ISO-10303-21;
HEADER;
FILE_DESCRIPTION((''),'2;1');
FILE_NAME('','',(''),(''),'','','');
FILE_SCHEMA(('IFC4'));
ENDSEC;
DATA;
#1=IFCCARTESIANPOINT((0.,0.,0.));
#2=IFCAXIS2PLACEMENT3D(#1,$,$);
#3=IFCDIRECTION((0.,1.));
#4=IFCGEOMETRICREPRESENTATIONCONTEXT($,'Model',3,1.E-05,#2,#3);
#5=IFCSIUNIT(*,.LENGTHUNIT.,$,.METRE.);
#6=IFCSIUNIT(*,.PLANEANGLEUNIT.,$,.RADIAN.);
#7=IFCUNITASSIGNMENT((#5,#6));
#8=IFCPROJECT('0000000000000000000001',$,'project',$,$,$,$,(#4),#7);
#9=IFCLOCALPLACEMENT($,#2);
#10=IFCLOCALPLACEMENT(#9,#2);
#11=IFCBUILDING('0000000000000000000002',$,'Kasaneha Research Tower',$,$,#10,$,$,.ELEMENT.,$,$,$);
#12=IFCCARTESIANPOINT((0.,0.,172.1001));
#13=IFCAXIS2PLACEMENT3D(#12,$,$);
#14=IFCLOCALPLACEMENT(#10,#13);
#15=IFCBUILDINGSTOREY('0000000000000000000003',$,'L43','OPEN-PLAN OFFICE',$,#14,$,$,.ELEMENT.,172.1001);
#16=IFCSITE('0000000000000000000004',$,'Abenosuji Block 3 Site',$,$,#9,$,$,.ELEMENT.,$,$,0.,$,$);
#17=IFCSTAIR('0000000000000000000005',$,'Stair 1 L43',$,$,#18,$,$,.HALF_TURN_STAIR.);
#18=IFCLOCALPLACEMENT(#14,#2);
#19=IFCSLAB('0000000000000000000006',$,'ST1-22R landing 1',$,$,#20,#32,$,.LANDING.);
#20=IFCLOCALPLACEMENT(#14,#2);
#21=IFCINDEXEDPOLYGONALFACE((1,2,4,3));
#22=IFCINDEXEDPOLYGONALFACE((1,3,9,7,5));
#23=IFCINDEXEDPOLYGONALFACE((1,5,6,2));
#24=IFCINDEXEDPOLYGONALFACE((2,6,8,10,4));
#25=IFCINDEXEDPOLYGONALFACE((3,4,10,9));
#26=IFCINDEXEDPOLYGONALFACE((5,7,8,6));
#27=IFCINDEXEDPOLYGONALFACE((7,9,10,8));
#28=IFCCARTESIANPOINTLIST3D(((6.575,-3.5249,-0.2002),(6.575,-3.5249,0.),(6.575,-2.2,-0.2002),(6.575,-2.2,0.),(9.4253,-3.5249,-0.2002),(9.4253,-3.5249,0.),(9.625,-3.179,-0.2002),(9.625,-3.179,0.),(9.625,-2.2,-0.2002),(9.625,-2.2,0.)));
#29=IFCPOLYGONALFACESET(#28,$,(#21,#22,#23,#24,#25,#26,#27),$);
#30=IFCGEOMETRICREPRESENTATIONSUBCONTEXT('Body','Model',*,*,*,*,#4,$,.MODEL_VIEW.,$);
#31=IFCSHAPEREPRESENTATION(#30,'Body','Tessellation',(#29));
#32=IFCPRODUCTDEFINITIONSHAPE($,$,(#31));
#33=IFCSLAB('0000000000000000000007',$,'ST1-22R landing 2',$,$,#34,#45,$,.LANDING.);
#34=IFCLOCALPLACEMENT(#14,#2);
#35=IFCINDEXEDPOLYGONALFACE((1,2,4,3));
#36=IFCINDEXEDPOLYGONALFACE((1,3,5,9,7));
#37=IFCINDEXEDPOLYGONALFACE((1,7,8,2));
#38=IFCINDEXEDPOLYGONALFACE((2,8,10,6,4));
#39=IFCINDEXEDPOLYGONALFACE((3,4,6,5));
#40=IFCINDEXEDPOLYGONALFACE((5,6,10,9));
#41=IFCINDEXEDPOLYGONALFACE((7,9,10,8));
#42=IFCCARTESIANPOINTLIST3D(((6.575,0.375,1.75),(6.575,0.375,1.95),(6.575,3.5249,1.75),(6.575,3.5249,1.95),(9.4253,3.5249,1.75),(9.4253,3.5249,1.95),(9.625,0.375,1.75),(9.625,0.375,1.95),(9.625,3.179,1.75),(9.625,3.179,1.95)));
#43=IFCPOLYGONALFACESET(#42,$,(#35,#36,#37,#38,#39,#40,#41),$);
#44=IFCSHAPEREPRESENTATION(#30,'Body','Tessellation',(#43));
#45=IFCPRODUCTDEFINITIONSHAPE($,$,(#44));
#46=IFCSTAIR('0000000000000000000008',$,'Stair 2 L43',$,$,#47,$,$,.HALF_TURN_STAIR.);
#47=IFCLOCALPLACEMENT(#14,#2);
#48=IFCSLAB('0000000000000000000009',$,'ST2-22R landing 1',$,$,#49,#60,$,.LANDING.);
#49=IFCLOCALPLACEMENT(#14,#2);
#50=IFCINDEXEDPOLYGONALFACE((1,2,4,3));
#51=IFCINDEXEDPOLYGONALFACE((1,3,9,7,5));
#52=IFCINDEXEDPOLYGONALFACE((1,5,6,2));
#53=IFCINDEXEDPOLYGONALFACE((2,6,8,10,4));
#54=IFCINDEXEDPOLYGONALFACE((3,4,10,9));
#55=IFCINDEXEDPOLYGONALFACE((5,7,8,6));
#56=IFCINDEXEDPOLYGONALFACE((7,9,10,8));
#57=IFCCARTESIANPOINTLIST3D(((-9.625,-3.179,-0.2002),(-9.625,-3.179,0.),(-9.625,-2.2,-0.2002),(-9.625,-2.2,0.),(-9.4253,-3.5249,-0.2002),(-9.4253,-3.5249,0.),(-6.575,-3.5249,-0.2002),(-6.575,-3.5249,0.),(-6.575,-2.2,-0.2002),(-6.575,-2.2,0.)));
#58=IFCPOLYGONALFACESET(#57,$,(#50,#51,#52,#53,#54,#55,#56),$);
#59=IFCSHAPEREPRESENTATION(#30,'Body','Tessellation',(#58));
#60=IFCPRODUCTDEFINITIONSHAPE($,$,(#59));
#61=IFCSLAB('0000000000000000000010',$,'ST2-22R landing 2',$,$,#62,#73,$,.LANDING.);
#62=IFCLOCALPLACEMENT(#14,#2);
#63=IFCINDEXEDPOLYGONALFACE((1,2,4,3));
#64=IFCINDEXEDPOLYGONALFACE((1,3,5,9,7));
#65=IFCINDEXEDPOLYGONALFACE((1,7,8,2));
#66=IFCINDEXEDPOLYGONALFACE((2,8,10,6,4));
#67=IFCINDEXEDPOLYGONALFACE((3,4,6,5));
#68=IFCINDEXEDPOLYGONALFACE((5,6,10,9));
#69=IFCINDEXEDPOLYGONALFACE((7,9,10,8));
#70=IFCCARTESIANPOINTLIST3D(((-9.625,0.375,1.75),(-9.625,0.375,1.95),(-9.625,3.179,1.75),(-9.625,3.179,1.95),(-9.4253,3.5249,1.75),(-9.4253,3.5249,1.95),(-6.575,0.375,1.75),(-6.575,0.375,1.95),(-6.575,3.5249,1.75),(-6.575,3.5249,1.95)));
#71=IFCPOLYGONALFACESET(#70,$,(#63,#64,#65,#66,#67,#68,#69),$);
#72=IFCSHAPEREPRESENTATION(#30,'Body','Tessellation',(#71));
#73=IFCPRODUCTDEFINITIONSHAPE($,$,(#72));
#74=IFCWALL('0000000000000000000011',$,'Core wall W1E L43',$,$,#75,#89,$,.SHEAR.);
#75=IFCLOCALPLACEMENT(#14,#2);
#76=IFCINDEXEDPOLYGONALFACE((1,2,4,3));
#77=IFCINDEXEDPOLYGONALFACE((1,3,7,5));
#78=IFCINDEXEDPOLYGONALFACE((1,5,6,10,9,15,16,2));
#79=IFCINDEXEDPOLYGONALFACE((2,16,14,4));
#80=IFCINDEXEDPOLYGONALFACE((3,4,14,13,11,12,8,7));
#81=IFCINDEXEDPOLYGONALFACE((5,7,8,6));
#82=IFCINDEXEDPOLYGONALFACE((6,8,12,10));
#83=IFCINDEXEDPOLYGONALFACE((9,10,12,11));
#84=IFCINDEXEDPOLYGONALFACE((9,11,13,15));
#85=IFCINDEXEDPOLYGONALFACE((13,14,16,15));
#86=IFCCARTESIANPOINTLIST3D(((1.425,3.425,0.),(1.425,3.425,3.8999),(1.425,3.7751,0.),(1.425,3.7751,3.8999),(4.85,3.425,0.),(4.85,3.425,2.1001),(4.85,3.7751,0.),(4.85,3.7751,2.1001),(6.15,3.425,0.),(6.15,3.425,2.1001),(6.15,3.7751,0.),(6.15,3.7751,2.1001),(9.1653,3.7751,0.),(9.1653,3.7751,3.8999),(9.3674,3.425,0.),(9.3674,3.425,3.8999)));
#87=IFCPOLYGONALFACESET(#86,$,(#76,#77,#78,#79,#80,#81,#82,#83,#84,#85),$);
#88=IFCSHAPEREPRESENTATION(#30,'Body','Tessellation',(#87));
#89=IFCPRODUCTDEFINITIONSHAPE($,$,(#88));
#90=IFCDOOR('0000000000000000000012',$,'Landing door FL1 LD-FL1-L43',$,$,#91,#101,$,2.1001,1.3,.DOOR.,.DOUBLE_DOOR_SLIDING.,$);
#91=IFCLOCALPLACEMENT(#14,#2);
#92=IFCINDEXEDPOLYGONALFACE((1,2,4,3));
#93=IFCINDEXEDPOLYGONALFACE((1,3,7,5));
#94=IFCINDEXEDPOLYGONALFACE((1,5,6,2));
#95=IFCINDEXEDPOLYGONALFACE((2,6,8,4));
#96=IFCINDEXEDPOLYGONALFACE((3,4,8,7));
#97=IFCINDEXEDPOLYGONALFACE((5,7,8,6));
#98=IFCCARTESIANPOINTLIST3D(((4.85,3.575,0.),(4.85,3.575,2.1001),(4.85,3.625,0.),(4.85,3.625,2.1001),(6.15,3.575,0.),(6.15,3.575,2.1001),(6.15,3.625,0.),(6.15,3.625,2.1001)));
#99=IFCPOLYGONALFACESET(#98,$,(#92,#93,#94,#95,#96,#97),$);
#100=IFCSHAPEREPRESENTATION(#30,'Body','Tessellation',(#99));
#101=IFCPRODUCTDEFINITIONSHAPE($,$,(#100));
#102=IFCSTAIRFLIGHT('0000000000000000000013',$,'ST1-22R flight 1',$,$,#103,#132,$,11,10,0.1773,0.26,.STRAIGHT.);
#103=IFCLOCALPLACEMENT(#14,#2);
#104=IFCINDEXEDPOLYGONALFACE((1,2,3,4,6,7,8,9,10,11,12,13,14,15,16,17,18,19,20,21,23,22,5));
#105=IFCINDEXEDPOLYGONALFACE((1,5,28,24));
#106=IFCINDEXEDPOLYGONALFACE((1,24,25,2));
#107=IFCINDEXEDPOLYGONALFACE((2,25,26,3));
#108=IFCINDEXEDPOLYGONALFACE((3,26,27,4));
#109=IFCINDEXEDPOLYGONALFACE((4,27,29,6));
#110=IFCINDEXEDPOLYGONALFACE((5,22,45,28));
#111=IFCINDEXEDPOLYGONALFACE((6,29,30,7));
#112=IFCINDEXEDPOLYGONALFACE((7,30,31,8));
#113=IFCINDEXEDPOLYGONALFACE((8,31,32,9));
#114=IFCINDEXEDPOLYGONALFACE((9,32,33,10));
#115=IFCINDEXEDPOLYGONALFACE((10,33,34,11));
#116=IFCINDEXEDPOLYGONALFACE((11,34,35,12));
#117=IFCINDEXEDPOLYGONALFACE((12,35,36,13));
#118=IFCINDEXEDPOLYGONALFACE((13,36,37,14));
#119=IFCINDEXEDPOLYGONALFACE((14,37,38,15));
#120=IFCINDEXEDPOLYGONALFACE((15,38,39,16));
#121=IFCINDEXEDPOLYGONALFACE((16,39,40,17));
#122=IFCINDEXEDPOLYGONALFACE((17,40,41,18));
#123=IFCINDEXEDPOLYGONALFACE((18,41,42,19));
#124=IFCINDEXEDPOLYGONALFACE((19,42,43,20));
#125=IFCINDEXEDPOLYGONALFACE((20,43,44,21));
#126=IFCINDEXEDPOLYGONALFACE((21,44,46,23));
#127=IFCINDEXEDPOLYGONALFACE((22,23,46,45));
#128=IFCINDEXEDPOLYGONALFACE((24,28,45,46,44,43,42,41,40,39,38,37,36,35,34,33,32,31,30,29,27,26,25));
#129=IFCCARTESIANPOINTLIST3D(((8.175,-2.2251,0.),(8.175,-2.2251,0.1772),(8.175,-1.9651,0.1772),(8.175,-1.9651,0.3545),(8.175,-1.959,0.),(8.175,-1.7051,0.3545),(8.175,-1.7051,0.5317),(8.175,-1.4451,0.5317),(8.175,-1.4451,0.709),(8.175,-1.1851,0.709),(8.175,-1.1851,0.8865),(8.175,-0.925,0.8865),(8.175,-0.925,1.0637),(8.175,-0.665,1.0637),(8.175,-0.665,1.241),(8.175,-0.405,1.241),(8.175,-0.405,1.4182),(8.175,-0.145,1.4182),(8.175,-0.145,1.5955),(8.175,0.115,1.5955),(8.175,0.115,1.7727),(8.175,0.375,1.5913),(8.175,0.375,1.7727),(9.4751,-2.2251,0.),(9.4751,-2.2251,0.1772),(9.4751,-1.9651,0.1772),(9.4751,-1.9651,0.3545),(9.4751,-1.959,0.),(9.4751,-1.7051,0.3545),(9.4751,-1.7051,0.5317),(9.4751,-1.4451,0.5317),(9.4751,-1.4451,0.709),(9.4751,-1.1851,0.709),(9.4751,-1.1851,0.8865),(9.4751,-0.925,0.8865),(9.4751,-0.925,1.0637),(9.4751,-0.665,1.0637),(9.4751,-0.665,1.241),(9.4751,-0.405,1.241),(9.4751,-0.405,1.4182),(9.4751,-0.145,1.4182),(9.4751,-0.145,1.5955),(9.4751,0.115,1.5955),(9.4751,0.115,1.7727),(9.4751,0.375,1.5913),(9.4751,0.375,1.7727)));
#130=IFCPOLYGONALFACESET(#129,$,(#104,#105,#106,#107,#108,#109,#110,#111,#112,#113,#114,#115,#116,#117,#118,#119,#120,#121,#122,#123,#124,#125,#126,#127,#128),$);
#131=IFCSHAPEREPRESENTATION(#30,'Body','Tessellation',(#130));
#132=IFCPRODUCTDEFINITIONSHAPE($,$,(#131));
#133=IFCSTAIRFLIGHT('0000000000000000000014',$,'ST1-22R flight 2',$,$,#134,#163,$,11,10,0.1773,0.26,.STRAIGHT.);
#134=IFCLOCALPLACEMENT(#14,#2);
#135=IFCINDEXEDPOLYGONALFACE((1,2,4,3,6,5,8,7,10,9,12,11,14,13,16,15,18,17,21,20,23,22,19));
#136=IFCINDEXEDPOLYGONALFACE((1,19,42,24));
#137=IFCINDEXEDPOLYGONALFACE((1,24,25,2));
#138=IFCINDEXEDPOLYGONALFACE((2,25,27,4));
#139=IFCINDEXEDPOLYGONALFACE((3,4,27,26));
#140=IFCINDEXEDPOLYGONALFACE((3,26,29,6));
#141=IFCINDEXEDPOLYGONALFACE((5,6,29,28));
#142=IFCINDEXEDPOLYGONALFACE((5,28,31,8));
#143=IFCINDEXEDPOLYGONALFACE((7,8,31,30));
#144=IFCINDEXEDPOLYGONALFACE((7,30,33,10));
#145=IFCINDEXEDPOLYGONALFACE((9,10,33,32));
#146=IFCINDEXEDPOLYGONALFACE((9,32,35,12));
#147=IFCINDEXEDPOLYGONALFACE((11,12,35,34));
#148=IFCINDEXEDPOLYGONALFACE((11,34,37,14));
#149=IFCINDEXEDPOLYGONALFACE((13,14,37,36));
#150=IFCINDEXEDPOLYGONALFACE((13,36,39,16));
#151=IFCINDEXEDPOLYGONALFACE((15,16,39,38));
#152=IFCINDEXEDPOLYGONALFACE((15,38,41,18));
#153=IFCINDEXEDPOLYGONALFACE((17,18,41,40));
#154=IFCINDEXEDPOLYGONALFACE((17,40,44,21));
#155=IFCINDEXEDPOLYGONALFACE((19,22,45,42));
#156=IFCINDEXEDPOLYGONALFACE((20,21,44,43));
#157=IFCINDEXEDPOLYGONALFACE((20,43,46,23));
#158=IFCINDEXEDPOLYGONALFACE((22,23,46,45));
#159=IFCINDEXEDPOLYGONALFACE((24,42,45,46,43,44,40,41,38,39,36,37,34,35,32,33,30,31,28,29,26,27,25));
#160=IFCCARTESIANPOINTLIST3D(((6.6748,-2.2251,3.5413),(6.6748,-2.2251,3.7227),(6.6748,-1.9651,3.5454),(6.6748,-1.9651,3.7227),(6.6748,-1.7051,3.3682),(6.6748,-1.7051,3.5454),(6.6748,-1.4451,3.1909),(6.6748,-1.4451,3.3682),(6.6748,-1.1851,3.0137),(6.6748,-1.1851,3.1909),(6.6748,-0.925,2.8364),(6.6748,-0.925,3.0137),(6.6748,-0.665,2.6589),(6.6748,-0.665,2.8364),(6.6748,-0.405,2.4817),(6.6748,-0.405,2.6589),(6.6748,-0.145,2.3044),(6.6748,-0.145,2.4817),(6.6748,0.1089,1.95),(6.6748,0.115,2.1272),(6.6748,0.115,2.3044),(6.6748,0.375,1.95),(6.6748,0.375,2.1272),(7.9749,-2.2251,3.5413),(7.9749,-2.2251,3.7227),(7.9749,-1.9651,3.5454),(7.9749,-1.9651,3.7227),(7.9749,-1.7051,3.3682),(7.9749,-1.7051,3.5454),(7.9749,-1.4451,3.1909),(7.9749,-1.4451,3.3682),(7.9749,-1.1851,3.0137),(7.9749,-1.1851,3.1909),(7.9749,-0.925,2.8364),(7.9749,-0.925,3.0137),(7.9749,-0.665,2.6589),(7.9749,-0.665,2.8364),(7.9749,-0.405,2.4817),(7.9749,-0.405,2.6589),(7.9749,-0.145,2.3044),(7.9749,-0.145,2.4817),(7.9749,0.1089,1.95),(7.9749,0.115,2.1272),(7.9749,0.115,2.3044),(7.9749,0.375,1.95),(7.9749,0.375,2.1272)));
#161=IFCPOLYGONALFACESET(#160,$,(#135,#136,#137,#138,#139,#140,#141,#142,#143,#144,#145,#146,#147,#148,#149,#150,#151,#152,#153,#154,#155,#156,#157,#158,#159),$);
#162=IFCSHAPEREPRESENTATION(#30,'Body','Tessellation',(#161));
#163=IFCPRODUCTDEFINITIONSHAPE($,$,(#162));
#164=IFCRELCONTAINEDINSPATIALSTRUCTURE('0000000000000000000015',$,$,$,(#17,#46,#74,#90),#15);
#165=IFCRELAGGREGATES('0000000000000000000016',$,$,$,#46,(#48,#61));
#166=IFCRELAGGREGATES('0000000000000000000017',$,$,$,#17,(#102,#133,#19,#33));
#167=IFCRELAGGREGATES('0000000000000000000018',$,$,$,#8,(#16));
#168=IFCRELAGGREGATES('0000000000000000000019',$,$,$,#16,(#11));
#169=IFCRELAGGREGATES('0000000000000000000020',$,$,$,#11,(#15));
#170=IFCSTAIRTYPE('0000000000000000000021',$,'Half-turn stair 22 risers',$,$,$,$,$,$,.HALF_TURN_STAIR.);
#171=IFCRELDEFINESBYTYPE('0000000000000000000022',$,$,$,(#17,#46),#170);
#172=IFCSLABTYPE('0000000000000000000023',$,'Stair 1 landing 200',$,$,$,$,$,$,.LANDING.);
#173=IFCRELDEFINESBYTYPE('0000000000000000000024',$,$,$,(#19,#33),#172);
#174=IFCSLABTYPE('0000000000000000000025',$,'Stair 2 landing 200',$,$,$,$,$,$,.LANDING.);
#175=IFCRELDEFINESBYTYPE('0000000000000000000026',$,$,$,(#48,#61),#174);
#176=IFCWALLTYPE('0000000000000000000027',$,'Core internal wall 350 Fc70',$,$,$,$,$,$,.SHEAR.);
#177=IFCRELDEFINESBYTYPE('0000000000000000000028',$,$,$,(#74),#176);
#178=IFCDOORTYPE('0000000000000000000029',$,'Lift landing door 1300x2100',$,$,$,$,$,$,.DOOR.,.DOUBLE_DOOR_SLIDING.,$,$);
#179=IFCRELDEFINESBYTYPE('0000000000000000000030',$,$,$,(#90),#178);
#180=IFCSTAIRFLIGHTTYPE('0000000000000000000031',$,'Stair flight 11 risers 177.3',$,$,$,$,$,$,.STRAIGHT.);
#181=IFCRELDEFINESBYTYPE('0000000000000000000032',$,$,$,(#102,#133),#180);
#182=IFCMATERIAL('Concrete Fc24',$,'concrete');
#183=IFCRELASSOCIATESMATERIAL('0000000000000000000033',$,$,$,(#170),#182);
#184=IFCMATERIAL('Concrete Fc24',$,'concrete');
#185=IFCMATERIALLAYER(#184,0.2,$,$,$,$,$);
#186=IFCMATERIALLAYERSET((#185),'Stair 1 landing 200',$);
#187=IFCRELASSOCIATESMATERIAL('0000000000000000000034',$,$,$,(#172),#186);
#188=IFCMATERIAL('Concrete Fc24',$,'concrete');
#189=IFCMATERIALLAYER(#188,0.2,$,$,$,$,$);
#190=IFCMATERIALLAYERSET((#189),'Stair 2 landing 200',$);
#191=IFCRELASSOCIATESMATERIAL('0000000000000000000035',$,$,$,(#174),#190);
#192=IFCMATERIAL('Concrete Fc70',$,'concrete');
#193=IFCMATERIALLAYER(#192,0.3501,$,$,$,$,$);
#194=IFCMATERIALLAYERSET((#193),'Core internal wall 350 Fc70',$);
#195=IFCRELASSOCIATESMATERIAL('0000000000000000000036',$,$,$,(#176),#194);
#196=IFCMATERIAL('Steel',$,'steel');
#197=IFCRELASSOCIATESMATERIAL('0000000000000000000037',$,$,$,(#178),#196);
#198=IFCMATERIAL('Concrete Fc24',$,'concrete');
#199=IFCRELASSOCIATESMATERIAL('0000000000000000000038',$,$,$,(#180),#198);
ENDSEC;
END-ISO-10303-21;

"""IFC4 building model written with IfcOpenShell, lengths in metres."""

from ifc_helpers import new_model, si_unit, direction, frame, frame_2d, origin, place, context, subcontext, project, spatial, polyline, rectangle, outline, extrude, material, layer, layer_set, type_object, element, fill, aggregate, save


model = new_model("IFC4")

# Units and contexts
model_context = context("Model", 3, precision=1e-05, world=origin(), true_north=direction((0.0, 1.0)))
body_context = subcontext(model_context, "Body", "Model", "MODEL_VIEW")
ifc_project = project(units=[si_unit("LENGTHUNIT", "METRE"), si_unit("PLANEANGLEUNIT", "RADIAN")], contexts=[model_context])

# Site, building, storey
site_placement = place(None, origin())
site = spatial("IfcSite", under=ifc_project, at=site_placement, Name="Abenosuji Block 3 Site", CompositionType="ELEMENT", RefElevation=0.0)
building_placement = place(site_placement, origin())
building = spatial("IfcBuilding", under=site, at=building_placement, Name="Kasaneha Research Tower", CompositionType="ELEMENT")
storey_placement = place(building_placement, frame((0.0, 0.0, 172.1001)))
storey = spatial("IfcBuildingStorey", under=building, at=storey_placement, Name="L43", Description="OPEN-PLAN OFFICE", CompositionType="ELEMENT", Elevation=172.1001)

# Stairs, slabs
ifc_material_1 = material(Name="Concrete Fc24", Category="concrete")
stair_type = type_object("IfcStairType", Name="Half-turn stair 22 risers", PredefinedType="HALF_TURN_STAIR", material=ifc_material_1)
stair_1_placement = place(storey_placement, origin())
stair_1 = element("IfcStair", 1, at=stair_1_placement, inside=storey, type_object=stair_type, Name="Stair 1 L43", PredefinedType="HALF_TURN_STAIR")
ifc_material_2 = material(Name="Concrete Fc24", Category="concrete")
ifc_layer_1 = layer(ifc_material_2, 0.2)
ifc_layer_set_1 = layer_set([ifc_layer_1], Name="Stair 1 landing 200")
slab_type_1 = type_object("IfcSlabType", Name="Stair 1 landing 200", PredefinedType="LANDING", material=ifc_layer_set_1)
slab_1_placement = place(storey_placement, frame((0.0, 0.0, -0.2002)))
slab_1 = element("IfcSlab", 2, at=slab_1_placement, type_object=slab_type_1, Name="ST1-22R landing 1", PredefinedType="LANDING", context=body_context, shape_type="SweptSolid", body=[
    extrude(outline(polyline([(9.4253, -3.5249), (6.575, -3.5249), (6.575, -2.2), (9.625, -2.2), (9.625, -3.179), (9.4253, -3.5249)])), origin(), (0.0, 0.0, 1.0), 0.2002),
])
slab_2_placement = place(storey_placement, frame((0.0, 0.0, 1.75)))
slab_2 = element("IfcSlab", 3, at=slab_2_placement, type_object=slab_type_1, Name="ST1-22R landing 2", PredefinedType="LANDING", context=body_context, shape_type="SweptSolid", body=[
    extrude(outline(polyline([(6.575, 3.5249), (9.4253, 3.5249), (9.625, 3.179), (9.625, 0.375), (6.575, 0.375), (6.575, 3.5249)])), origin(), (0.0, 0.0, 1.0), 0.2),
])
stair_2_placement = place(storey_placement, origin())
stair_2 = element("IfcStair", 4, at=stair_2_placement, inside=storey, type_object=stair_type, Name="Stair 2 L43", PredefinedType="HALF_TURN_STAIR")
ifc_material_3 = material(Name="Concrete Fc24", Category="concrete")
ifc_layer_2 = layer(ifc_material_3, 0.2)
ifc_layer_set_2 = layer_set([ifc_layer_2], Name="Stair 2 landing 200")
slab_type_2 = type_object("IfcSlabType", Name="Stair 2 landing 200", PredefinedType="LANDING", material=ifc_layer_set_2)
slab_3_placement = place(storey_placement, frame((0.0, 0.0, -0.2002)))
slab_3 = element("IfcSlab", 5, at=slab_3_placement, type_object=slab_type_2, Name="ST2-22R landing 1", PredefinedType="LANDING", context=body_context, shape_type="SweptSolid", body=[
    extrude(outline(polyline([(-6.575, -3.5249), (-9.4253, -3.5249), (-9.625, -3.179), (-9.625, -2.2), (-6.575, -2.2), (-6.575, -3.5249)])), origin(), (0.0, 0.0, 1.0), 0.2002),
])
slab_4_placement = place(storey_placement, frame((0.0, 0.0, 1.75)))
slab_4 = element("IfcSlab", 6, at=slab_4_placement, type_object=slab_type_2, Name="ST2-22R landing 2", PredefinedType="LANDING", context=body_context, shape_type="SweptSolid", body=[
    extrude(outline(polyline([(-6.575, 0.375), (-9.625, 0.375), (-9.625, 3.179), (-9.4253, 3.5249), (-6.575, 3.5249), (-6.575, 0.375)])), origin(), (0.0, 0.0, 1.0), 0.2),
])
aggregate(stair_2, [slab_3, slab_4])

# Wall, opening, door
ifc_material_4 = material(Name="Concrete Fc70", Category="concrete")
ifc_layer_3 = layer(ifc_material_4, 0.3501)
ifc_layer_set_3 = layer_set([ifc_layer_3], Name="Core internal wall 350 Fc70")
wall_type = type_object("IfcWallType", Name="Core internal wall 350 Fc70", PredefinedType="SHEAR", material=ifc_layer_set_3)
wall_placement = place(storey_placement, frame((1.425, 3.6001, 0.0), z_axis=(0.0, 0.0, 1.0), x_axis=(1.0, 0.0, 0.0)))
wall = element("IfcWall", 7, at=wall_placement, inside=storey, type_object=wall_type, Name="Core wall W1E L43", PredefinedType="SHEAR", context=body_context, shape_type="SweptSolid", body=[
    extrude(outline(polyline([(0.0, -0.175), (3.425, -0.175), (4.7251, -0.175), (7.9424, -0.175), (7.7402, 0.175), (4.7251, 0.175), (3.425, 0.175), (0.0, 0.175), (0.0, -0.175)])), origin(), (0.0, 0.0, 1.0), 3.8999),
])
opening_placement = place(wall_placement, frame((3.425, 0.0, 0.0)))
opening = element("IfcOpeningElement", 8, at=opening_placement, cuts=wall, PredefinedType="OPENING", context=body_context, shape_type="SweptSolid", body=[
    extrude(rectangle(XDim=1.3, YDim=2.1001, at=frame_2d((0.6499, 1.05))), frame((0.0, 0.1851, 0.0), z_axis=(0.0, -1.0, 0.0), x_axis=(1.0, 0.0, 0.0)), (0.0, 0.0, 1.0), 0.3701),
])
ifc_material_5 = material(Name="Steel", Category="steel")
door_type = type_object("IfcDoorType", Name="Lift landing door 1300x2100", OperationType="DOUBLE_DOOR_SLIDING", PredefinedType="DOOR", material=ifc_material_5)
door_placement = place(opening_placement, origin())
door = element("IfcDoor", 9, at=door_placement, inside=storey, type_object=door_type, Name="Landing door FL1 LD-FL1-L43", OperationType="DOUBLE_DOOR_SLIDING", OverallHeight=2.1001, OverallWidth=1.3, PredefinedType="DOOR", context=body_context, shape_type="SweptSolid", body=[
    extrude(rectangle(XDim=1.3, YDim=2.1001, at=frame_2d((0.6499, 1.05))), frame((0.0, 0.0249, 0.0), z_axis=(0.0, -1.0, 0.0), x_axis=(1.0, 0.0, 0.0)), (0.0, 0.0, 1.0), 0.05),
])
fill(opening, door)

# Stair flights
ifc_material_6 = material(Name="Concrete Fc24", Category="concrete")
stair_flight_type = type_object("IfcStairFlightType", Name="Stair flight 11 risers 177.3", PredefinedType="STRAIGHT", material=ifc_material_6)
stair_flight_1_placement = place(storey_placement, frame((8.825, -2.2251, 0.0), z_axis=(0.0, 0.0, 1.0), x_axis=(0.0, 1.0, 0.0)))
stair_flight_1 = element("IfcStairFlight", 10, at=stair_flight_1_placement, type_object=stair_flight_type, Name="ST1-22R flight 1", NumberOfRisers=11, NumberOfTreads=10, PredefinedType="STRAIGHT", RiserHeight=0.1773, TreadLength=0.26, context=body_context, shape_type="SweptSolid", body=[
    extrude(outline(polyline([(0.0, 0.0), (0.0, 0.1772), (0.26, 0.1772), (0.26, 0.3545), (0.52, 0.3545), (0.52, 0.5317), (0.78, 0.5317), (0.78, 0.709), (1.04, 0.709), (1.04, 0.8865), (1.3, 0.8865), (1.3, 1.0637), (1.5601, 1.0637), (1.5601, 1.241), (1.8201, 1.241), (1.8201, 1.4182), (2.0801, 1.4182), (2.0801, 1.5955), (2.3401, 1.5955), (2.3401, 1.7727), (2.6001, 1.7727), (2.6001, 1.95), (2.6001, 1.5913), (0.2661, 0.0), (0.0, 0.0)])), frame((0.0, 0.6499, 0.0), z_axis=(0.0, -1.0, 0.0), x_axis=(1.0, 0.0, 0.0)), (0.0, 0.0, 1.0), 1.3),
])
stair_flight_2_placement = place(storey_placement, frame((7.325, 0.375, 1.95), z_axis=(0.0, 0.0, 1.0), x_axis=(0.0, -1.0, 0.0)))
stair_flight_2 = element("IfcStairFlight", 11, at=stair_flight_2_placement, type_object=stair_flight_type, Name="ST1-22R flight 2", NumberOfRisers=11, NumberOfTreads=10, PredefinedType="STRAIGHT", RiserHeight=0.1773, TreadLength=0.26, context=body_context, shape_type="SweptSolid", body=[
    extrude(outline(polyline([(0.0, 0.0), (0.0, 0.1772), (0.26, 0.1772), (0.26, 0.3545), (0.52, 0.3545), (0.52, 0.5317), (0.78, 0.5317), (0.78, 0.709), (1.04, 0.709), (1.04, 0.8865), (1.3, 0.8865), (1.3, 1.0637), (1.5601, 1.0637), (1.5601, 1.241), (1.8201, 1.241), (1.8201, 1.4182), (2.0801, 1.4182), (2.0801, 1.5955), (2.3401, 1.5955), (2.3401, 1.7727), (2.6001, 1.7727), (2.6001, 1.95), (2.6001, 1.5913), (0.2661, 0.0), (0.0, 0.0)])), frame((0.0, 0.6499, 0.0), z_axis=(0.0, -1.0, 0.0), x_axis=(1.0, 0.0, 0.0)), (0.0, 0.0, 1.0), 1.3),
])
aggregate(stair_1, [stair_flight_1, stair_flight_2, slab_1, slab_2])

save(model, "model.ifc")
